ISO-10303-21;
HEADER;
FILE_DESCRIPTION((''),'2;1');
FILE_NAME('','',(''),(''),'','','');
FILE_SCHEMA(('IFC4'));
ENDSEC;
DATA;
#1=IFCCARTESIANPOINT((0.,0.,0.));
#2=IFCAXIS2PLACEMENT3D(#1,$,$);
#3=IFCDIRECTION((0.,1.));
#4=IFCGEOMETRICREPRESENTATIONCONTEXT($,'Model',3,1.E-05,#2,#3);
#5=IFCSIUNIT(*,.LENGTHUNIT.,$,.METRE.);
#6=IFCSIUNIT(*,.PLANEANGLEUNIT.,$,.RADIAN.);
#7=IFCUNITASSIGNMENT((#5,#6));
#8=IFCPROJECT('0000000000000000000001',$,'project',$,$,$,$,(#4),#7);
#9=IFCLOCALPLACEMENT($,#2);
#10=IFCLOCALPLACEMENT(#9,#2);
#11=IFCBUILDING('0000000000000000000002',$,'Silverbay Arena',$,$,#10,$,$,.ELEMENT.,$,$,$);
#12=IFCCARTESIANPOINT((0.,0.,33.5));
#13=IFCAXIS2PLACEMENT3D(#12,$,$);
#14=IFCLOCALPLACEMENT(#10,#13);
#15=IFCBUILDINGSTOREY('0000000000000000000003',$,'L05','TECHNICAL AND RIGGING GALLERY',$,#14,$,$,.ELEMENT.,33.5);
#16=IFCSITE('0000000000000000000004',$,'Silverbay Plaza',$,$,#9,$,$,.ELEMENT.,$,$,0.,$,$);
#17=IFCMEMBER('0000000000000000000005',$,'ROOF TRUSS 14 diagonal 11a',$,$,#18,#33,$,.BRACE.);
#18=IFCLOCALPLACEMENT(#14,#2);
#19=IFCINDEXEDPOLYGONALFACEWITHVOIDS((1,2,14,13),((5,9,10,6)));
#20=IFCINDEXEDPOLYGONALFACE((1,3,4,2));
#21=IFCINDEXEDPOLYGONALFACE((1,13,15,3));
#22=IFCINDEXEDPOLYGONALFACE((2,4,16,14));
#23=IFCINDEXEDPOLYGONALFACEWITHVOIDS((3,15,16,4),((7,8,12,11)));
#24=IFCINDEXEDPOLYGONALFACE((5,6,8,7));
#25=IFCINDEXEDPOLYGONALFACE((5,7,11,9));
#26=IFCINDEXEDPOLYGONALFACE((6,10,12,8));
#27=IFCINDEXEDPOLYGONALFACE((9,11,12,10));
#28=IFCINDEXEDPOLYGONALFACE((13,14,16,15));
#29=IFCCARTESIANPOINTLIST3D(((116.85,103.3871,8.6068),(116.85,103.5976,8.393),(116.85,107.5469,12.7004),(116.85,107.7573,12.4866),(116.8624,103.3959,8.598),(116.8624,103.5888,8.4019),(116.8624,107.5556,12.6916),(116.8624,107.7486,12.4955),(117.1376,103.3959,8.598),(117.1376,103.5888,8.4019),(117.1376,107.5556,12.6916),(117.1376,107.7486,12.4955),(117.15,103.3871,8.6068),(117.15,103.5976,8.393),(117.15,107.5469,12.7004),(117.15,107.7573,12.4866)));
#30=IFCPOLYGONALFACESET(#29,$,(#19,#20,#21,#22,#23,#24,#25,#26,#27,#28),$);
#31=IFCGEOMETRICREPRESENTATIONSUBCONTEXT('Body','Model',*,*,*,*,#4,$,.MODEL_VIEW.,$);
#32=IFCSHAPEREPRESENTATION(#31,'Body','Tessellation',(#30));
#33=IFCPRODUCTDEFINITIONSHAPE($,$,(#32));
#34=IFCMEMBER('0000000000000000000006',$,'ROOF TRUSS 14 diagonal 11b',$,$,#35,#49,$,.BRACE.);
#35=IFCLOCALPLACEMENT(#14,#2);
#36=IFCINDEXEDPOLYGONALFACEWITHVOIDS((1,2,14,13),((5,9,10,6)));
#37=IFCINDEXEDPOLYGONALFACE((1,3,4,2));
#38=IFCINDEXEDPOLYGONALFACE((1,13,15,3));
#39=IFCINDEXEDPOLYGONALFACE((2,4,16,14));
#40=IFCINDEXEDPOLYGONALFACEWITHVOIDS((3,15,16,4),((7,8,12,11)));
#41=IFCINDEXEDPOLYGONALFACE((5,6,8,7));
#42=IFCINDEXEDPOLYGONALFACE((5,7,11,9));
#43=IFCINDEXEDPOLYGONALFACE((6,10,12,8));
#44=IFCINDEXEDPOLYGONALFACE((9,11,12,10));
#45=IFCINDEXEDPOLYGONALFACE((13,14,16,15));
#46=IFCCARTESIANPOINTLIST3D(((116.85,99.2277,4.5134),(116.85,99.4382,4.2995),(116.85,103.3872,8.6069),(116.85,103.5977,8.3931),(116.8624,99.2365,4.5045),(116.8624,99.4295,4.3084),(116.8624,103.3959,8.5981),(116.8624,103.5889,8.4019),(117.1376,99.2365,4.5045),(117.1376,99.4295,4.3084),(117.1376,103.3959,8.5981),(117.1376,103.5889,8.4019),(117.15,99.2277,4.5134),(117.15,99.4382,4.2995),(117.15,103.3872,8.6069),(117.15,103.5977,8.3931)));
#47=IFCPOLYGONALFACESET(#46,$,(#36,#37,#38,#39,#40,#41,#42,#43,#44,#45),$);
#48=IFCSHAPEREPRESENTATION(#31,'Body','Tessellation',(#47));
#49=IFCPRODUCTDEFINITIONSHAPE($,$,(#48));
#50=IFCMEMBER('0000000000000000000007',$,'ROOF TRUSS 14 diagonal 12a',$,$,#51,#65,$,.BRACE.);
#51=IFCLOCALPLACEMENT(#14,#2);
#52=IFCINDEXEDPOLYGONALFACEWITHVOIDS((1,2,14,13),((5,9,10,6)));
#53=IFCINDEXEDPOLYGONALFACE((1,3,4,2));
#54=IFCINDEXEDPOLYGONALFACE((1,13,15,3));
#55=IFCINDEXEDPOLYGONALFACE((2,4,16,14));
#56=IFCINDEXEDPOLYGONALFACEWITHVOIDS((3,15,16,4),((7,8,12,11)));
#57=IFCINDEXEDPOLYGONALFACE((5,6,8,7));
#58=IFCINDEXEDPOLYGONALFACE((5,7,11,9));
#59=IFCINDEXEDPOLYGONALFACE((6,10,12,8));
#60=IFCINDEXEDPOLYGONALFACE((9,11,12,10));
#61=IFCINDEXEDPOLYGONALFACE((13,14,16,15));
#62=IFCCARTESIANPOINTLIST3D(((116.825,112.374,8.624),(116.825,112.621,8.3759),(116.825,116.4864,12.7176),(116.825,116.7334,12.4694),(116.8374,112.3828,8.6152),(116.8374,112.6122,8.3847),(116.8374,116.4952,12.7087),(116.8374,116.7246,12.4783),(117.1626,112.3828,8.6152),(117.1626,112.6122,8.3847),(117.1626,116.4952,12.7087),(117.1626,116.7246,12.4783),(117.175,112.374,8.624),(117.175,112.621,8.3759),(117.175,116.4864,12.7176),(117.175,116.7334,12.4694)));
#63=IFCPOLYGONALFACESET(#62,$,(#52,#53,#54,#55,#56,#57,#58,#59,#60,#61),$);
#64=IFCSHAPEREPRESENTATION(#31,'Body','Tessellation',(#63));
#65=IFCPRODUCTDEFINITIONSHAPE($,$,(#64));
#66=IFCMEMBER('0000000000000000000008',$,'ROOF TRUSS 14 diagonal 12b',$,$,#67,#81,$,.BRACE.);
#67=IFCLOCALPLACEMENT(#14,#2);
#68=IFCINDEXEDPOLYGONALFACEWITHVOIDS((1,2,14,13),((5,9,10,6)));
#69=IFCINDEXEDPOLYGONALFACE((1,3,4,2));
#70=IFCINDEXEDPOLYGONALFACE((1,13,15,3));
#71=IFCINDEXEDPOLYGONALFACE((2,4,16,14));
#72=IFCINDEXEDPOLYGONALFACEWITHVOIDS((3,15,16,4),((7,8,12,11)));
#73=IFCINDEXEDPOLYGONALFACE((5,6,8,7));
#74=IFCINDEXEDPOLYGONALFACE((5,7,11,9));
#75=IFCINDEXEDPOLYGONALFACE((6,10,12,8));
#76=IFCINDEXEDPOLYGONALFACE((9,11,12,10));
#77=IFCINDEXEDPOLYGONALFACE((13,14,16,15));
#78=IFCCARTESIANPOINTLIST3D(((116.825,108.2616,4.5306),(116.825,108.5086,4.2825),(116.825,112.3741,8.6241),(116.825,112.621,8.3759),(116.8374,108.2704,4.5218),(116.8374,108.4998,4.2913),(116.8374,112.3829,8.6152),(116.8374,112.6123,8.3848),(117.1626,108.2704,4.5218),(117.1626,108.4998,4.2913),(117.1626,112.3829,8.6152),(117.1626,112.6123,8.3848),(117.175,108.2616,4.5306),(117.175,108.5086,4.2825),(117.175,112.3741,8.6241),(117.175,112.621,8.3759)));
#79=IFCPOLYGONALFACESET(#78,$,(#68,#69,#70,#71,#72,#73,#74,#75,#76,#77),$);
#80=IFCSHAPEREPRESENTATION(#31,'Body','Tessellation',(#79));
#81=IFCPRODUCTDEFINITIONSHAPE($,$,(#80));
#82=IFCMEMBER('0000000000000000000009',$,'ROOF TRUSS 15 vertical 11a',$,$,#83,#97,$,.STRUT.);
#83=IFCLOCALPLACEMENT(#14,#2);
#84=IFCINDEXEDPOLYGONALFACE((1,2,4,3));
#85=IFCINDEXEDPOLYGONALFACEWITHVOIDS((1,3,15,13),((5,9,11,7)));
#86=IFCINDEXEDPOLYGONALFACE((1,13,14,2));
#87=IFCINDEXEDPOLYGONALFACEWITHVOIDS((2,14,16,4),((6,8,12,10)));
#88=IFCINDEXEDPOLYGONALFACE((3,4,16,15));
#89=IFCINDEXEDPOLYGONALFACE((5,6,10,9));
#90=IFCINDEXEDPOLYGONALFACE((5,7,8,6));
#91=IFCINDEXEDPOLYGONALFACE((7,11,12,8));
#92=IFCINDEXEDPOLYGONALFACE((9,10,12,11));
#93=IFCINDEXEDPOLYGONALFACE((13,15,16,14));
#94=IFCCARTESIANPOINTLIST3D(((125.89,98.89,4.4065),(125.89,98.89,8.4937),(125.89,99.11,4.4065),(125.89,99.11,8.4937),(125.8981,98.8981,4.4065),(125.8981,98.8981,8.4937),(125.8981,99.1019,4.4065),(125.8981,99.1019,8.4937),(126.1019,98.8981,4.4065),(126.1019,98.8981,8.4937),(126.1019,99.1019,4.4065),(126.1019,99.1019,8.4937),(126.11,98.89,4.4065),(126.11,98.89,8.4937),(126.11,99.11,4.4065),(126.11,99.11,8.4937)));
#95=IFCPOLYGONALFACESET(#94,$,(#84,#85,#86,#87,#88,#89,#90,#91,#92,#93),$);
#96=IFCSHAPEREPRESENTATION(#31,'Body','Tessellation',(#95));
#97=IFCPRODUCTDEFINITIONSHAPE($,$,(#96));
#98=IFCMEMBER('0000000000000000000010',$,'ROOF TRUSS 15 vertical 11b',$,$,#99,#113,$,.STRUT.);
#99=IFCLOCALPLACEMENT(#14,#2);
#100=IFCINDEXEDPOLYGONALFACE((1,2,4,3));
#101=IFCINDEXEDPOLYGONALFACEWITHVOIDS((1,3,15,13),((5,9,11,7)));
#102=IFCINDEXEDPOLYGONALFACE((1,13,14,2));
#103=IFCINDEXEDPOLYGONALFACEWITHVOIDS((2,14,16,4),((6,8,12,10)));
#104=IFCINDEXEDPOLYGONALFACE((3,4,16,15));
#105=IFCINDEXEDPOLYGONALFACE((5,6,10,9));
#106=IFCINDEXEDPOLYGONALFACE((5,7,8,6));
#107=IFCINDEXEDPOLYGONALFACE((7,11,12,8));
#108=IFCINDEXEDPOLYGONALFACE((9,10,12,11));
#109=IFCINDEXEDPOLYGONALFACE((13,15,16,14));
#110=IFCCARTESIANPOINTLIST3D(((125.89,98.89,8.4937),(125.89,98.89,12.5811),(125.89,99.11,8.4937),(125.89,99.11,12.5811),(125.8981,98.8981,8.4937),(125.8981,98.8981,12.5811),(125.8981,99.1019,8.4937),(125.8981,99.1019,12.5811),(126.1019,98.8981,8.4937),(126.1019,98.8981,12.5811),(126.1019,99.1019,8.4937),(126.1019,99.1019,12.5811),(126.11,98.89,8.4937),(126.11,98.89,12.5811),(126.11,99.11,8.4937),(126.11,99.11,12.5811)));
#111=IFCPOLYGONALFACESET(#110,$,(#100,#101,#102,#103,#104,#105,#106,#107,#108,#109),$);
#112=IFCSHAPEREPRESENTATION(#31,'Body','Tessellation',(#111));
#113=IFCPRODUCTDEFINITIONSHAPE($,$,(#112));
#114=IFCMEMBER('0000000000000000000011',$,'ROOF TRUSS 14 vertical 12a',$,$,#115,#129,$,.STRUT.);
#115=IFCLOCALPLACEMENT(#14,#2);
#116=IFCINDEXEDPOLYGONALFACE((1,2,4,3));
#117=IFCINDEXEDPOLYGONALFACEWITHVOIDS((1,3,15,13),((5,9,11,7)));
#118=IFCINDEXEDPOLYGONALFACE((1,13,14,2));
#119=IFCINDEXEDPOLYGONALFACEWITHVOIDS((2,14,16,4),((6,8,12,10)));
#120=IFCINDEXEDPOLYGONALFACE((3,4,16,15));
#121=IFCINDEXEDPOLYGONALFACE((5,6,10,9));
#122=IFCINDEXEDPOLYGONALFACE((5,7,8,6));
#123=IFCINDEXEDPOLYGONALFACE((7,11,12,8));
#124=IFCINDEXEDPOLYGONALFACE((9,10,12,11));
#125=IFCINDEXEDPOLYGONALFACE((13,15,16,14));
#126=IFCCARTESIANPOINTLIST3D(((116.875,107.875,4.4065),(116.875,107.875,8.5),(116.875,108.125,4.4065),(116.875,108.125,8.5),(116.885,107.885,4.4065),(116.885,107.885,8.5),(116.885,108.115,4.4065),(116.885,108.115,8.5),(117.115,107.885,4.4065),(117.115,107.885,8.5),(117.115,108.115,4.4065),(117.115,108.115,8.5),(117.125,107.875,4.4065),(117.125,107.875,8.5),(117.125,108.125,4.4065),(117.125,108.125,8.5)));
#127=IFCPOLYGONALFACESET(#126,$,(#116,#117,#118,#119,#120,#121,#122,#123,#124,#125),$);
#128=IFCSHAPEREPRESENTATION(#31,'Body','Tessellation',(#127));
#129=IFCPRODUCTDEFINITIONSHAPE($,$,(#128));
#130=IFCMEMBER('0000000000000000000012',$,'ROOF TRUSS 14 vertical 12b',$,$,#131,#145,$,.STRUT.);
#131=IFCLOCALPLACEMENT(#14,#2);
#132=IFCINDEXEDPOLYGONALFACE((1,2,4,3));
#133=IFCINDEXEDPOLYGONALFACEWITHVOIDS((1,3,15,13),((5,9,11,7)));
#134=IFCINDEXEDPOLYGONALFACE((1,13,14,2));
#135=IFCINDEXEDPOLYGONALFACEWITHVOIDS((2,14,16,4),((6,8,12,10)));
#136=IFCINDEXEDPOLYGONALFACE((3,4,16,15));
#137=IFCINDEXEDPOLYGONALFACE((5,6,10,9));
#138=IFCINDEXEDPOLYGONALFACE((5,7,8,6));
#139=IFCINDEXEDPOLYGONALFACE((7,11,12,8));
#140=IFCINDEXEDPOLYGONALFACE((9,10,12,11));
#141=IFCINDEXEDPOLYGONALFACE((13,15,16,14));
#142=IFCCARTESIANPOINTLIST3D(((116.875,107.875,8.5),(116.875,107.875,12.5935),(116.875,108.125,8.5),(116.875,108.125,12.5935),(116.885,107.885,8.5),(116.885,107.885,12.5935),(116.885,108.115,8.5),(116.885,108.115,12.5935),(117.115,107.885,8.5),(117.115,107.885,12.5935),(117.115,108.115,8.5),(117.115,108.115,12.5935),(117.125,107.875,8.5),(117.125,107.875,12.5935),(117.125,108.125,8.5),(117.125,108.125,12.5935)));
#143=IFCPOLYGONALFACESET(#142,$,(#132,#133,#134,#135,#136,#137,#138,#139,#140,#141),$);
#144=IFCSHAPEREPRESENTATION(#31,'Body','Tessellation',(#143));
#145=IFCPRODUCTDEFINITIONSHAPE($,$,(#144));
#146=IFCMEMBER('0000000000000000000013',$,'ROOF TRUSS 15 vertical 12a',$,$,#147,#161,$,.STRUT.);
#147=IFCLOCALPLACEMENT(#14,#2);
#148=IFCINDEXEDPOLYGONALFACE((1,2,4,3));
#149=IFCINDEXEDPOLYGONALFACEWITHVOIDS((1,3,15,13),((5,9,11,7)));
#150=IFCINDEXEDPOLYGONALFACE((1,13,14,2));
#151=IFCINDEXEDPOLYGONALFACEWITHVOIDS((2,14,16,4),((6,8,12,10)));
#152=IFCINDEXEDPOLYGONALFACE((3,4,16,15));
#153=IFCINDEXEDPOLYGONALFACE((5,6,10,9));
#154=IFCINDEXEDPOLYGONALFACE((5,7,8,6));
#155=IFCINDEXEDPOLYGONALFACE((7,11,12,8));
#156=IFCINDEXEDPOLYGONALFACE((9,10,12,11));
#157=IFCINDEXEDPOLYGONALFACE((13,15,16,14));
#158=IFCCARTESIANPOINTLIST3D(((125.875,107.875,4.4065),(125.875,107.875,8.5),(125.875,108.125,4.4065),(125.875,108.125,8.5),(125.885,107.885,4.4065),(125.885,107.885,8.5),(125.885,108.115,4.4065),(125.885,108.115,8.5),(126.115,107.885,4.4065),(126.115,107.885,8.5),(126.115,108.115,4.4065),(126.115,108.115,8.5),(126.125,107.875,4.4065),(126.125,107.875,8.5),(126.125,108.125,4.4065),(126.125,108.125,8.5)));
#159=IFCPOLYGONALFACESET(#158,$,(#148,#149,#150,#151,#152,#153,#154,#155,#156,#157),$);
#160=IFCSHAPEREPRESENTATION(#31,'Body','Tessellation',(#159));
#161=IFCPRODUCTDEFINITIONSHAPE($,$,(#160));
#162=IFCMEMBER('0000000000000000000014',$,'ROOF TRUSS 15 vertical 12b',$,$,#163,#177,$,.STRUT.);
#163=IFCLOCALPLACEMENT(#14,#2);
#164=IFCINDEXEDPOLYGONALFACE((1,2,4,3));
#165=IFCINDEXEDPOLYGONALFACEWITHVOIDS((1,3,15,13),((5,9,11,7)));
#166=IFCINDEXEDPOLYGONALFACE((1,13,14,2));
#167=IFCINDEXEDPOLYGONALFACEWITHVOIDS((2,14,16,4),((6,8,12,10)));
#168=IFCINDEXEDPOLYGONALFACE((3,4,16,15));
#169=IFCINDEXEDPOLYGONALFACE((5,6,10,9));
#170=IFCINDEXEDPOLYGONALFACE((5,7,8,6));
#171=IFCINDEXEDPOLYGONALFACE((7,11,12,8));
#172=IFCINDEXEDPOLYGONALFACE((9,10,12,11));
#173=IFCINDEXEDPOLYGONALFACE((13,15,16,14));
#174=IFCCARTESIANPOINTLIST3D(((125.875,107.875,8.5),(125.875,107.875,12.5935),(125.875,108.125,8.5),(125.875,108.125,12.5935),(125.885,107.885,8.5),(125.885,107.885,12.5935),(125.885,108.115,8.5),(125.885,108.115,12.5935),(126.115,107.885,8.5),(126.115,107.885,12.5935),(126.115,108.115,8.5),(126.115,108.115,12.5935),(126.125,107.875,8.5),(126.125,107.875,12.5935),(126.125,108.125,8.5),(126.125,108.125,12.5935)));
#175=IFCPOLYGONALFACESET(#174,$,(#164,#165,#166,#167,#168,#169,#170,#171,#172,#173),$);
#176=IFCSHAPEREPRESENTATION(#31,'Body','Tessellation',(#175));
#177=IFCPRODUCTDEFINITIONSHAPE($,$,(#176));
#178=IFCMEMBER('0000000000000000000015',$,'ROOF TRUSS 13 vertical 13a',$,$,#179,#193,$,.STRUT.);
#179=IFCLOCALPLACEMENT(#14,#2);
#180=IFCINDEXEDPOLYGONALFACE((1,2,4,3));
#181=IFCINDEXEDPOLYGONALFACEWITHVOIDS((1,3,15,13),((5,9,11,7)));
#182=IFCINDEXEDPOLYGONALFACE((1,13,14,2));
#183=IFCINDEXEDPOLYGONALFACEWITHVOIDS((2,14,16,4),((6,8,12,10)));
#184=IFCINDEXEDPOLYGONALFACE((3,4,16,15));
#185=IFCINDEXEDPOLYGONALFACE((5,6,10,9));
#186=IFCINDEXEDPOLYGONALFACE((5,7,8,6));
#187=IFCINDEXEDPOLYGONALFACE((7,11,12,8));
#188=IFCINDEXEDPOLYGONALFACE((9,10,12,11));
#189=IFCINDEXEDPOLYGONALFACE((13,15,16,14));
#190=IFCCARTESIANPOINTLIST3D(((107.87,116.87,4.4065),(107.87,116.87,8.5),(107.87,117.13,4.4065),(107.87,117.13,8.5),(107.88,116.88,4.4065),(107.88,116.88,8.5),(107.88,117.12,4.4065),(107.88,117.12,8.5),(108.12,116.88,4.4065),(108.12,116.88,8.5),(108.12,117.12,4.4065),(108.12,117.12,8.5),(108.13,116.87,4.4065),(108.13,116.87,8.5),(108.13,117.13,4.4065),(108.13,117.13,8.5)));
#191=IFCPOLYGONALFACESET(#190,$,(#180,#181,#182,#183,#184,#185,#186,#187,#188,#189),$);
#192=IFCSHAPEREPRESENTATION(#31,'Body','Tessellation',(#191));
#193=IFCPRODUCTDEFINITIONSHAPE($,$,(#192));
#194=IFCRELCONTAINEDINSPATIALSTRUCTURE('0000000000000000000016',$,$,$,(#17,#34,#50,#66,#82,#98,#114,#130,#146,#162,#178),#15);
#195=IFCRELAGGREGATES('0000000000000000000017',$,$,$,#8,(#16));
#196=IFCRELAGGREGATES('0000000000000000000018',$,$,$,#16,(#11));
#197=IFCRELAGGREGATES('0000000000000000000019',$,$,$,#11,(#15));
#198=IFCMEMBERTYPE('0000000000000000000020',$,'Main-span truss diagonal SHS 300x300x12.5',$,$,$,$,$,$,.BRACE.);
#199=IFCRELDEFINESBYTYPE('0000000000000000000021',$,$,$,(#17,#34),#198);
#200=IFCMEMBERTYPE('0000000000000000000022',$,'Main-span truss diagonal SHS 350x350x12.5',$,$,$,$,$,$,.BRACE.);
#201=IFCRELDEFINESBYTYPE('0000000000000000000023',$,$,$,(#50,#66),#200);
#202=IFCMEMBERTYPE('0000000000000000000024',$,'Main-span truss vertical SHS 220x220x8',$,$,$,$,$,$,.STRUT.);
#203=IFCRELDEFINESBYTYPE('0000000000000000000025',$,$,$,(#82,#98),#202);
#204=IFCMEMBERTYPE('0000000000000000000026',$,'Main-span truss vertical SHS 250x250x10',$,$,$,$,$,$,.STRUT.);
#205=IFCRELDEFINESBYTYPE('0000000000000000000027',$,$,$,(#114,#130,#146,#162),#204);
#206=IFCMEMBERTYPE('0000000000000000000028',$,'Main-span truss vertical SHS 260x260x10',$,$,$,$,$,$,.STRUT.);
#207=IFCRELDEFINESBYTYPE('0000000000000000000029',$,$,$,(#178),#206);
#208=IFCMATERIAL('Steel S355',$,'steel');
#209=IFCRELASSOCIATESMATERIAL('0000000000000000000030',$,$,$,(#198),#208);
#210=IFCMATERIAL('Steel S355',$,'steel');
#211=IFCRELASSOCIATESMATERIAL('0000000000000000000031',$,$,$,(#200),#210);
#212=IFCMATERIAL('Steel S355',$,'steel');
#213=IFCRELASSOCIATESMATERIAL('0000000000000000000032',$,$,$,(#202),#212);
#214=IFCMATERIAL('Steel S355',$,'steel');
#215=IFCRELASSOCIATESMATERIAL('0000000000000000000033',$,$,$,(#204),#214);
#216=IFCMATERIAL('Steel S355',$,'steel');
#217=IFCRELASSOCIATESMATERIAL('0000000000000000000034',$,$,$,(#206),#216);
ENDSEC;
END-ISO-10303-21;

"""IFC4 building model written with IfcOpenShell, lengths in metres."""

from ifc_helpers import new_model, si_unit, direction, frame, origin, origin_2d, place, context, subcontext, project, spatial, hollow_rectangle, extrude, material, material_profile, profile_set, type_object, element, save


model = new_model("IFC4")

# Units and contexts
model_context = context("Model", 3, precision=1e-05, world=origin(), true_north=direction((0.0, 1.0)))
body_context = subcontext(model_context, "Body", "Model", "MODEL_VIEW")
ifc_project = project(units=[si_unit("LENGTHUNIT", "METRE"), si_unit("PLANEANGLEUNIT", "RADIAN")], contexts=[model_context])

# Site, building, storey
site_placement = place(None, origin())
site = spatial("IfcSite", under=ifc_project, at=site_placement, Name="Silverbay Plaza", CompositionType="ELEMENT", RefElevation=0.0)
building_placement = place(site_placement, origin())
building = spatial("IfcBuilding", under=site, at=building_placement, Name="Silverbay Arena", CompositionType="ELEMENT")
storey_placement = place(building_placement, frame((0.0, 0.0, 33.5)))
storey = spatial("IfcBuildingStorey", under=building, at=storey_placement, Name="L05", Description="TECHNICAL AND RIGGING GALLERY", CompositionType="ELEMENT", Elevation=33.5)

# Members
ifc_material_1 = material(Name="Steel S355", Category="steel")
ifc_material_profile_1 = material_profile(ifc_material_1, hollow_rectangle(XDim=0.3, YDim=0.3, WallThickness=0.0125, at=origin_2d()), Name="SHS 300x300x12.5")
ifc_profile_set_1 = profile_set([ifc_material_profile_1], Name="Steel S355")
member_type_1 = type_object("IfcMemberType", Name="Main-span truss diagonal SHS 300x300x12.5", PredefinedType="BRACE", material=ifc_profile_set_1)
member_1_placement = place(storey_placement, frame((117.0, 107.6521, 12.5935), z_axis=(0.0, -0.712752, -0.701416), x_axis=(1.0, 0.0, 0.0)))
element("IfcMember", 1, at=member_1_placement, inside=storey, type_object=member_type_1, Name="ROOF TRUSS 14 diagonal 11a", PredefinedType="BRACE", context=body_context, shape_type="SweptSolid", body=[
    extrude(hollow_rectangle(XDim=0.3, YDim=0.3, WallThickness=0.0125, at=origin_2d()), origin(), (0.0, 0.0, 1.0), 5.8362),
])
member_2_placement = place(storey_placement, frame((117.0, 103.4924, 8.5), z_axis=(0.0, -0.712732, -0.701437), x_axis=(1.0, 0.0, 0.0)))
element("IfcMember", 2, at=member_2_placement, inside=storey, type_object=member_type_1, Name="ROOF TRUSS 14 diagonal 11b", PredefinedType="BRACE", context=body_context, shape_type="SweptSolid", body=[
    extrude(hollow_rectangle(XDim=0.3, YDim=0.3, WallThickness=0.0125, at=origin_2d()), origin(), (0.0, 0.0, 1.0), 5.8359),
])
ifc_material_2 = material(Name="Steel S355", Category="steel")
ifc_material_profile_2 = material_profile(ifc_material_2, hollow_rectangle(XDim=0.3501, YDim=0.3501, WallThickness=0.0125, at=origin_2d()), Name="SHS 350x350x12.5")
ifc_profile_set_2 = profile_set([ifc_material_profile_2], Name="Steel S355")
member_type_2 = type_object("IfcMemberType", Name="Main-span truss diagonal SHS 350x350x12.5", PredefinedType="BRACE", material=ifc_profile_set_2)
for number, where, z_axis, x_axis, name in (
    (3, (117.0, 116.6099, 12.5935), (0.0, -0.708725, -0.705485), (1.0, 0.0, 0.0), "ROOF TRUSS 14 diagonal 12a"),
    (4, (117.0, 112.4976, 8.5), (0.0, -0.708746, -0.705464), (1.0, 0.0, 0.0), "ROOF TRUSS 14 diagonal 12b"),
):
    element("IfcMember", number, at=place(storey_placement, frame(where, z_axis=z_axis, x_axis=x_axis)), inside=storey, type_object=member_type_2, Name=name, PredefinedType="BRACE", context=body_context, shape_type="SweptSolid", body=[
        extrude(hollow_rectangle(XDim=0.3501, YDim=0.3501, WallThickness=0.0125, at=origin_2d()), origin(), (0.0, 0.0, 1.0), 5.8025),
    ])
ifc_material_3 = material(Name="Steel S355", Category="steel")
ifc_material_profile_3 = material_profile(ifc_material_3, hollow_rectangle(XDim=0.22, YDim=0.22, WallThickness=0.0081, at=origin_2d()), Name="SHS 220x220x8")
ifc_profile_set_3 = profile_set([ifc_material_profile_3], Name="Steel S355")
member_type_3 = type_object("IfcMemberType", Name="Main-span truss vertical SHS 220x220x8", PredefinedType="STRUT", material=ifc_profile_set_3)
member_3_placement = place(storey_placement, frame((126.0, 99.0, 4.4065), z_axis=(0.0, 0.0, 1.0), x_axis=(1.0, 0.0, 0.0)))
element("IfcMember", 5, at=member_3_placement, inside=storey, type_object=member_type_3, Name="ROOF TRUSS 15 vertical 11a", PredefinedType="STRUT", context=body_context, shape_type="SweptSolid", body=[
    extrude(hollow_rectangle(XDim=0.22, YDim=0.22, WallThickness=0.0081, at=origin_2d()), origin(), (0.0, 0.0, 1.0), 4.0872),
])
member_4_placement = place(storey_placement, frame((126.0, 99.0, 8.4937), z_axis=(0.0, 0.0, 1.0), x_axis=(1.0, 0.0, 0.0)))
element("IfcMember", 6, at=member_4_placement, inside=storey, type_object=member_type_3, Name="ROOF TRUSS 15 vertical 11b", PredefinedType="STRUT", context=body_context, shape_type="SweptSolid", body=[
    extrude(hollow_rectangle(XDim=0.22, YDim=0.22, WallThickness=0.0081, at=origin_2d()), origin(), (0.0, 0.0, 1.0), 4.0874),
])
ifc_material_4 = material(Name="Steel S355", Category="steel")
ifc_material_profile_4 = material_profile(ifc_material_4, hollow_rectangle(XDim=0.25, YDim=0.25, WallThickness=0.01, at=origin_2d()), Name="SHS 250x250x10")
ifc_profile_set_4 = profile_set([ifc_material_profile_4], Name="Steel S355")
member_type_4 = type_object("IfcMemberType", Name="Main-span truss vertical SHS 250x250x10", PredefinedType="STRUT", material=ifc_profile_set_4)
for number, where, z_axis, x_axis, name in (
    (7, (117.0, 108.0, 4.4065), (0.0, 0.0, 1.0), (1.0, 0.0, 0.0), "ROOF TRUSS 14 vertical 12a"),
    (8, (117.0, 108.0, 8.5), (0.0, 0.0, 1.0), (1.0, 0.0, 0.0), "ROOF TRUSS 14 vertical 12b"),
    (9, (126.0, 108.0, 4.4065), (0.0, 0.0, 1.0), (1.0, 0.0, 0.0), "ROOF TRUSS 15 vertical 12a"),
    (10, (126.0, 108.0, 8.5), (0.0, 0.0, 1.0), (1.0, 0.0, 0.0), "ROOF TRUSS 15 vertical 12b"),
):
    element("IfcMember", number, at=place(storey_placement, frame(where, z_axis=z_axis, x_axis=x_axis)), inside=storey, type_object=member_type_4, Name=name, PredefinedType="STRUT", context=body_context, shape_type="SweptSolid", body=[
        extrude(hollow_rectangle(XDim=0.25, YDim=0.25, WallThickness=0.01, at=origin_2d()), origin(), (0.0, 0.0, 1.0), 4.0935),
    ])
ifc_material_5 = material(Name="Steel S355", Category="steel")
ifc_material_profile_5 = material_profile(ifc_material_5, hollow_rectangle(XDim=0.26, YDim=0.26, WallThickness=0.01, at=origin_2d()), Name="SHS 260x260x10")
ifc_profile_set_5 = profile_set([ifc_material_profile_5], Name="Steel S355")
member_type_5 = type_object("IfcMemberType", Name="Main-span truss vertical SHS 260x260x10", PredefinedType="STRUT", material=ifc_profile_set_5)
for number, where, z_axis, x_axis, name in (
    (11, (108.0, 117.0, 4.4065), (0.0, 0.0, 1.0), (1.0, 0.0, 0.0), "ROOF TRUSS 13 vertical 13a"),
):
    element("IfcMember", number, at=place(storey_placement, frame(where, z_axis=z_axis, x_axis=x_axis)), inside=storey, type_object=member_type_5, Name=name, PredefinedType="STRUT", context=body_context, shape_type="SweptSolid", body=[
        extrude(hollow_rectangle(XDim=0.26, YDim=0.26, WallThickness=0.01, at=origin_2d()), origin(), (0.0, 0.0, 1.0), 4.0935),
    ])

save(model, "model.ifc")
